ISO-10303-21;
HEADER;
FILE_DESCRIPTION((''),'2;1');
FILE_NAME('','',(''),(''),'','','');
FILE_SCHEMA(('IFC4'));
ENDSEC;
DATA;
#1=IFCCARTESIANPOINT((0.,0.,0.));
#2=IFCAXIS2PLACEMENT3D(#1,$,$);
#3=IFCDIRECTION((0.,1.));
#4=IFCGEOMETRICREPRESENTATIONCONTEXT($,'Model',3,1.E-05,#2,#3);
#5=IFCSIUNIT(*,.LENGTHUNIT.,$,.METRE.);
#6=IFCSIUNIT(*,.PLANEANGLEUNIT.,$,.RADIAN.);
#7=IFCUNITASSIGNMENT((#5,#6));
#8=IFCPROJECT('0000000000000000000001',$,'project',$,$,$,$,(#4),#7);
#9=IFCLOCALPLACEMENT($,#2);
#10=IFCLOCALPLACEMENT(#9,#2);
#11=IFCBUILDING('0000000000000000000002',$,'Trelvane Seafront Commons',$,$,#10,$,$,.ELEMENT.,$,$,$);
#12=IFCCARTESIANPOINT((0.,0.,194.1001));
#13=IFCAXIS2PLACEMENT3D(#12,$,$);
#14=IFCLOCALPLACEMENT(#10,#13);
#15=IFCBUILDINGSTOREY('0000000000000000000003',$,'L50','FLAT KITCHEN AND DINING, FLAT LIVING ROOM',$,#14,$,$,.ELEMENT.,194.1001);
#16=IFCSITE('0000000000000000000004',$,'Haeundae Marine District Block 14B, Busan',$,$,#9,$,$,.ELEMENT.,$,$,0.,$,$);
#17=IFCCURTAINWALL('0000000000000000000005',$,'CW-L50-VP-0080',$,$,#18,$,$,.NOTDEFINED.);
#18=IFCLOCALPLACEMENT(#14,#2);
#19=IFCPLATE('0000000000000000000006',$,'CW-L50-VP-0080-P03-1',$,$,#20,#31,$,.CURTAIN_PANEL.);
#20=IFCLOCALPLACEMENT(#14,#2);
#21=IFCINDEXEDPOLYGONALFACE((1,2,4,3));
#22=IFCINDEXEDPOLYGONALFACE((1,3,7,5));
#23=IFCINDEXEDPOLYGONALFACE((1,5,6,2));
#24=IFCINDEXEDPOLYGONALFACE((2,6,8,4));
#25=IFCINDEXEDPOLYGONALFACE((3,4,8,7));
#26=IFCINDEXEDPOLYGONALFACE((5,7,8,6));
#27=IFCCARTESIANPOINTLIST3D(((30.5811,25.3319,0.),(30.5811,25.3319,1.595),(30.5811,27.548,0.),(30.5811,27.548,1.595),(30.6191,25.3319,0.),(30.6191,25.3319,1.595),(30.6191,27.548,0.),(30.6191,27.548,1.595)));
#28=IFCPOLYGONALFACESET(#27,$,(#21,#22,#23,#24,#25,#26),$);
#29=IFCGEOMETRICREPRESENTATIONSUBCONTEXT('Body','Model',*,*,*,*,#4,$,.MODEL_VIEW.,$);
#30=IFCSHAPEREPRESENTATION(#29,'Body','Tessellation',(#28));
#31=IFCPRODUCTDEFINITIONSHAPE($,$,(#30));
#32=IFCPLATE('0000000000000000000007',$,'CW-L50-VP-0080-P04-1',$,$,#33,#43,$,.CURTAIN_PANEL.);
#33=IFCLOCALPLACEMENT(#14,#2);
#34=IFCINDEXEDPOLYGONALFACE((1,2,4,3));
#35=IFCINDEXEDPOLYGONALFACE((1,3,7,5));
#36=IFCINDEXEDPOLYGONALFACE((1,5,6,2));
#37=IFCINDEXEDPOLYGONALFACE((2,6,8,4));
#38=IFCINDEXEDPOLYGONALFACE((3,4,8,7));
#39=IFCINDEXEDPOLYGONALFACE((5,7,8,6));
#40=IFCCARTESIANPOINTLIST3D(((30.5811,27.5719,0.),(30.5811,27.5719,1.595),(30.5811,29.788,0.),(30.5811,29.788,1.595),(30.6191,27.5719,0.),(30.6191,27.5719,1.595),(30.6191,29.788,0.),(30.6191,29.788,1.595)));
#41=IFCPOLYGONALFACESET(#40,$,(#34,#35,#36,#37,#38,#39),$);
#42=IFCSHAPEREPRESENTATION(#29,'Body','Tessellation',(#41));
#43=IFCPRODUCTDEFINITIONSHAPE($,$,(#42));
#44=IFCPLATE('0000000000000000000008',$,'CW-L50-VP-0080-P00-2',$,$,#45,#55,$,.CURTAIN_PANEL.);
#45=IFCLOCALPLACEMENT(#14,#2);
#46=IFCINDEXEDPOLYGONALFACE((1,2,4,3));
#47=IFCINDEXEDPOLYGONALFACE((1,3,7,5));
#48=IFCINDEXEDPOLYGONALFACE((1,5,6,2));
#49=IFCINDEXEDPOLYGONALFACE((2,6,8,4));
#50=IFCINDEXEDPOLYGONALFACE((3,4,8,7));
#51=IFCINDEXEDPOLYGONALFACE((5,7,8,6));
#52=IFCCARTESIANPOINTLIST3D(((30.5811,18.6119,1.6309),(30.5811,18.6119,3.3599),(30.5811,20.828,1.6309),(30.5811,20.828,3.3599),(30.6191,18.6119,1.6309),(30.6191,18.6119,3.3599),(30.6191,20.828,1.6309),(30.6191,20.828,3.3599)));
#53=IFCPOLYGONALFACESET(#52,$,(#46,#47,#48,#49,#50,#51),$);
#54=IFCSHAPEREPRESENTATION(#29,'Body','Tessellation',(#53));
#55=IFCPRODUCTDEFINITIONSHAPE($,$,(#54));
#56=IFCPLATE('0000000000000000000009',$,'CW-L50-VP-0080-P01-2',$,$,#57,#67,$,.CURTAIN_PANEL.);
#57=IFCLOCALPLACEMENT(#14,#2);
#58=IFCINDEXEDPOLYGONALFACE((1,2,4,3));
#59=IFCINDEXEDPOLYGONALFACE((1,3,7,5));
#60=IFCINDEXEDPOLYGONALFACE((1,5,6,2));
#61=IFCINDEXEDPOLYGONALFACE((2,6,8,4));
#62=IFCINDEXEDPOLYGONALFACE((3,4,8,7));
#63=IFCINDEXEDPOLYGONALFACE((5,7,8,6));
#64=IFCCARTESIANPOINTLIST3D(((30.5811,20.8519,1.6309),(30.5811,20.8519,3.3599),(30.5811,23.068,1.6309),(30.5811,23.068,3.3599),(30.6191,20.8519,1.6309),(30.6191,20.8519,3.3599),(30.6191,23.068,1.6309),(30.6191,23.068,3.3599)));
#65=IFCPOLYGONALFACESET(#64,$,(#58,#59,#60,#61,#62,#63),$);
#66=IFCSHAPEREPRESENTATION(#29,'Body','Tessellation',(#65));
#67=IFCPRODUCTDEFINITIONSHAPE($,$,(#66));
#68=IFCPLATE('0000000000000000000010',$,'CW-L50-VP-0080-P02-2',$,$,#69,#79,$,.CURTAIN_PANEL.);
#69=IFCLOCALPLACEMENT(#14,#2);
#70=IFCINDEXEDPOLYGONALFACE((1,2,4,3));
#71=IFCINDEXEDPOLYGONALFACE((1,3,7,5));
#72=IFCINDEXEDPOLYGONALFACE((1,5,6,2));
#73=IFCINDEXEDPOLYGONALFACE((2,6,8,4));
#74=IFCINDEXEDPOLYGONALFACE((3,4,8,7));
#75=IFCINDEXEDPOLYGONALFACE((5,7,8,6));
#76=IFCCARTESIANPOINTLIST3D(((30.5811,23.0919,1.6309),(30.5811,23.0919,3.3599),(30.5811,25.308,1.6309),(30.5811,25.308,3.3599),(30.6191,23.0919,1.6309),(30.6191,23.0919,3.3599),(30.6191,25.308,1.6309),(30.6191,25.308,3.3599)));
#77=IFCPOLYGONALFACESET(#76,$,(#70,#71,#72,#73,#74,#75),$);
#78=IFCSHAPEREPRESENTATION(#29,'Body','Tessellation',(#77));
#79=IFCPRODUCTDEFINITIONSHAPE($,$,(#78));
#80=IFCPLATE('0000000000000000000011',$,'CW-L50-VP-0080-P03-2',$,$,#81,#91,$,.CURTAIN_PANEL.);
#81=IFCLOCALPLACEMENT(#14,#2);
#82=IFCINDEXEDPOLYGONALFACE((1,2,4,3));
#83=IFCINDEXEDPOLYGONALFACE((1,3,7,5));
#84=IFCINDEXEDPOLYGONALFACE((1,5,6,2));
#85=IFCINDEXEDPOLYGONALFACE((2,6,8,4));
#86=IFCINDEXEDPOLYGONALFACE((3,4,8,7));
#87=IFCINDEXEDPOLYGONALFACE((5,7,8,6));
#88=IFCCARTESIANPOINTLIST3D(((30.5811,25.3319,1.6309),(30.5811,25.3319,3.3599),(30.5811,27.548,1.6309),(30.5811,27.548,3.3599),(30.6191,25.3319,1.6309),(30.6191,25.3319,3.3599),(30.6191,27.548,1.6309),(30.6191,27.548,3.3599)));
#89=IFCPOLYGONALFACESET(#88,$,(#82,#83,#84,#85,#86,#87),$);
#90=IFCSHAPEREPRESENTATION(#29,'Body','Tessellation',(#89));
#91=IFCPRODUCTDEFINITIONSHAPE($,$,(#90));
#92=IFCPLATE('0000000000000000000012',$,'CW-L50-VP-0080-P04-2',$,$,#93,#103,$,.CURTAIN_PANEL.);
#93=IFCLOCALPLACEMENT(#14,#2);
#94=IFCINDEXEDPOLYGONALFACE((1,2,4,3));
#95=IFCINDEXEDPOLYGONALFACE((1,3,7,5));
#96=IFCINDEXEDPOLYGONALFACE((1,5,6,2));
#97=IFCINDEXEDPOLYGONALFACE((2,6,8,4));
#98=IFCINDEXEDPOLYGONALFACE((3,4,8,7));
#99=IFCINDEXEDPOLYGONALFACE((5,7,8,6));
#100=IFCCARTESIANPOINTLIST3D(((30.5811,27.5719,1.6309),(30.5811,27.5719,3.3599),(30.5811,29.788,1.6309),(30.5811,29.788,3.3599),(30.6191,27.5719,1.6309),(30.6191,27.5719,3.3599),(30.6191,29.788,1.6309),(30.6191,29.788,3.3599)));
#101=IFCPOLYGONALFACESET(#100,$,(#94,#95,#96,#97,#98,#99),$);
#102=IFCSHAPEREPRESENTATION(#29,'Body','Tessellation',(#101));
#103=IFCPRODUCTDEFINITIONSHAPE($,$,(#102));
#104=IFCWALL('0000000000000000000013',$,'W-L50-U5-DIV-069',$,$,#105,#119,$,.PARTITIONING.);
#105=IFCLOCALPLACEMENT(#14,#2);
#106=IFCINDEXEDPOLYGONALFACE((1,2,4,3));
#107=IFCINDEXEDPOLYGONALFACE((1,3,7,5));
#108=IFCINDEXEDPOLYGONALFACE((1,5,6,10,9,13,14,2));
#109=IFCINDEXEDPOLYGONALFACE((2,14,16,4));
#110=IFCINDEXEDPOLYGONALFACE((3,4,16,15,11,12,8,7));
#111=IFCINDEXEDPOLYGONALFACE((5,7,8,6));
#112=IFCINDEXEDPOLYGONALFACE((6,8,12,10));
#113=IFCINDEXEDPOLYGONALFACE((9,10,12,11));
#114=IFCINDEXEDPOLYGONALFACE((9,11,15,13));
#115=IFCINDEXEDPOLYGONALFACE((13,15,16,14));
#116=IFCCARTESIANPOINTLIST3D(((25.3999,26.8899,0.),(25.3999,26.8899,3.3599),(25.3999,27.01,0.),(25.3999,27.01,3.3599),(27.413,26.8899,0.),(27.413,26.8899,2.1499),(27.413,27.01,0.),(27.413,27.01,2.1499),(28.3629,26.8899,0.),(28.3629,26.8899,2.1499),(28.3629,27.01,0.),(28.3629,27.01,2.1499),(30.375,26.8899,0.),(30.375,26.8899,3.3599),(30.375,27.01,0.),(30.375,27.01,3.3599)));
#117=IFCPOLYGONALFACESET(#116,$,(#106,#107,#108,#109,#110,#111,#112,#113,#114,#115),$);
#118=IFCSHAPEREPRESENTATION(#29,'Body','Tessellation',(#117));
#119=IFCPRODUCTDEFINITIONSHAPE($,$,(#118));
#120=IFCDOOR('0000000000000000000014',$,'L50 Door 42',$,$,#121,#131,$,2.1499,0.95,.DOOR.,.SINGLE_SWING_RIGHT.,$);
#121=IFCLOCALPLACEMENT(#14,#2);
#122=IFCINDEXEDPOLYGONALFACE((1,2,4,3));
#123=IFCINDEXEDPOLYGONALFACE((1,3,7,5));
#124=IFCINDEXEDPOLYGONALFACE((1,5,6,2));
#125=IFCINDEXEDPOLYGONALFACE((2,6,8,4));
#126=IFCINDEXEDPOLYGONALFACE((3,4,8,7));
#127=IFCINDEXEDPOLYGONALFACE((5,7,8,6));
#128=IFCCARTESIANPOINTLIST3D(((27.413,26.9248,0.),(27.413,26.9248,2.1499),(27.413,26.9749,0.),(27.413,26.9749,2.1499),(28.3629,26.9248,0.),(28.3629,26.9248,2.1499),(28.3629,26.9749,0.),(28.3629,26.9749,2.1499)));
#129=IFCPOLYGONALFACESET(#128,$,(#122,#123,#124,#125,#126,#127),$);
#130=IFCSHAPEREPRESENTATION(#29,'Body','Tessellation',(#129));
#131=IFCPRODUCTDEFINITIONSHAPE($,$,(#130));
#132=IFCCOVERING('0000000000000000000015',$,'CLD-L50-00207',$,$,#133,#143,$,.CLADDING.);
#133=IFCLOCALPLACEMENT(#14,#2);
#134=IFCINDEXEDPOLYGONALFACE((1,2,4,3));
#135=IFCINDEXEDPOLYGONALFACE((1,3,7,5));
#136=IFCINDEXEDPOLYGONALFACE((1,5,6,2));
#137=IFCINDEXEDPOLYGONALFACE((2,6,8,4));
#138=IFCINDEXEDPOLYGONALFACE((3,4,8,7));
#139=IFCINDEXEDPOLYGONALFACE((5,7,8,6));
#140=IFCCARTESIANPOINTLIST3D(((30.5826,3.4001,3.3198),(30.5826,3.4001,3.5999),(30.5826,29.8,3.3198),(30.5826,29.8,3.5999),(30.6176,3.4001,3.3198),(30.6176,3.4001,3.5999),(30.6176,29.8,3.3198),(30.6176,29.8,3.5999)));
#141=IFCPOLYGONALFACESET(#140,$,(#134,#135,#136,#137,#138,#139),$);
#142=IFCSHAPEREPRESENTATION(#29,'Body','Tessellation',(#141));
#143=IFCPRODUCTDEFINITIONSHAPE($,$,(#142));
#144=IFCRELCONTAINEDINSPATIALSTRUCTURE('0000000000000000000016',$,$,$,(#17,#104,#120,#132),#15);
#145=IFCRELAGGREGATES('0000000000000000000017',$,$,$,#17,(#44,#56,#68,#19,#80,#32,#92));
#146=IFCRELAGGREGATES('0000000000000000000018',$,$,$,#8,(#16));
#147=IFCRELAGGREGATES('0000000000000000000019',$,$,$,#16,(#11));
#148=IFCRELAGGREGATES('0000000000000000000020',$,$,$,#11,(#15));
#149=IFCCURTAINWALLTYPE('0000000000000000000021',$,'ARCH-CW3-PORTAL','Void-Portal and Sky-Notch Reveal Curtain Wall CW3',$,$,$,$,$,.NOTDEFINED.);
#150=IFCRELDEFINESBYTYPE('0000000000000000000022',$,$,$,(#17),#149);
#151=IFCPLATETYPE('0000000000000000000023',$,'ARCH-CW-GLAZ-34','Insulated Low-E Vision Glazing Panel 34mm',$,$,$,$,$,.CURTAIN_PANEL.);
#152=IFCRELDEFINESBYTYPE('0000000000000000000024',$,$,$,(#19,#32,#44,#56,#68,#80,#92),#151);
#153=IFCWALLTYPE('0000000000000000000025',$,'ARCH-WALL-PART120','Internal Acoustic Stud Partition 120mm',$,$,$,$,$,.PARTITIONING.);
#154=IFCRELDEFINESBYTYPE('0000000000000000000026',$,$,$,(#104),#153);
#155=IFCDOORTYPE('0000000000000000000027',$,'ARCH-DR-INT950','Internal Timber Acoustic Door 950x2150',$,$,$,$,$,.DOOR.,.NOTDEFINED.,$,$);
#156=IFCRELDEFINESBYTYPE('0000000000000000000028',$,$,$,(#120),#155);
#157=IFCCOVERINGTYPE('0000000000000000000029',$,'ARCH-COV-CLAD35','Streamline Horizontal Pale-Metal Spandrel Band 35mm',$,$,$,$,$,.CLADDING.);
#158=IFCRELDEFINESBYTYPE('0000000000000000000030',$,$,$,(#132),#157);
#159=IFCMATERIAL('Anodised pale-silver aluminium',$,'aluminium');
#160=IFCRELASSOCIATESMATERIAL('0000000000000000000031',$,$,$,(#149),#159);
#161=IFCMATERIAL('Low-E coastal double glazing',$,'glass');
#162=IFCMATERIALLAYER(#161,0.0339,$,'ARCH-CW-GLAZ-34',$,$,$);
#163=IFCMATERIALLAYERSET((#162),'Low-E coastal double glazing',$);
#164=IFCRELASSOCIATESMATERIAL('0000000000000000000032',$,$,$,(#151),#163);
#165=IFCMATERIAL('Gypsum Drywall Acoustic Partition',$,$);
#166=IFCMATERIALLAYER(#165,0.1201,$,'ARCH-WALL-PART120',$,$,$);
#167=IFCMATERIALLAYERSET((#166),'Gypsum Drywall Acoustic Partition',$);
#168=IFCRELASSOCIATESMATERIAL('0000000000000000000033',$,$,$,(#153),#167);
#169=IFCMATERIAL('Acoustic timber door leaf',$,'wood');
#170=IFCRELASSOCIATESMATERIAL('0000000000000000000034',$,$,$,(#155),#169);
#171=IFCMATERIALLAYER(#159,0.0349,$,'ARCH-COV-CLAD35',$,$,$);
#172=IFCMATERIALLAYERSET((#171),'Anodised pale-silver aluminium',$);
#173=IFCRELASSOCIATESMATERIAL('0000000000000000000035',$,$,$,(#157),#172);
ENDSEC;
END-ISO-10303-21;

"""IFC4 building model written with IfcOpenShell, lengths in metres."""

from ifc_helpers import new_model, si_unit, direction, frame, frame_2d, origin, origin_2d, place, context, subcontext, project, spatial, rectangle, extrude, source, transform, mapped, material, layer, layer_set, type_object, element, fill, aggregate, save


model = new_model("IFC4")

# Units and contexts
model_context = context("Model", 3, precision=1e-05, world=origin(), true_north=direction((0.0, 1.0)))
body_context = subcontext(model_context, "Body", "Model", "MODEL_VIEW")
ifc_project = project(units=[si_unit("LENGTHUNIT", "METRE"), si_unit("PLANEANGLEUNIT", "RADIAN")], contexts=[model_context])

# Site, building, storey
site_placement = place(None, origin())
site = spatial("IfcSite", under=ifc_project, at=site_placement, Name="Haeundae Marine District Block 14B, Busan", CompositionType="ELEMENT", RefElevation=0.0)
building_placement = place(site_placement, origin())
building = spatial("IfcBuilding", under=site, at=building_placement, Name="Trelvane Seafront Commons", CompositionType="ELEMENT")
storey_placement = place(building_placement, frame((0.0, 0.0, 194.1001)))
storey = spatial("IfcBuildingStorey", under=building, at=storey_placement, Name="L50", Description="FLAT KITCHEN AND DINING, FLAT LIVING ROOM", CompositionType="ELEMENT", Elevation=194.1001)

# Shared definitions
ifc_material_1 = material(Name="Anodised pale-silver aluminium", Category="aluminium")
curtain_wall_type = type_object("IfcCurtainWallType", Name="ARCH-CW3-PORTAL", Description="Void-Portal and Sky-Notch Reveal Curtain Wall CW3", PredefinedType="NOTDEFINED", material=ifc_material_1)

# Curtain wall
curtain_wall_1_placement = place(storey_placement, origin())
curtain_wall_1 = element("IfcCurtainWall", 1, at=curtain_wall_1_placement, inside=storey, type_object=curtain_wall_type, Name="CW-L50-VP-0080", PredefinedType="NOTDEFINED")

# Plates
ifc_material_2 = material(Name="Low-E coastal double glazing", Category="glass")
ifc_layer_1 = layer(ifc_material_2, 0.0339, Name="ARCH-CW-GLAZ-34")
ifc_layer_set_1 = layer_set([ifc_layer_1], Name="Low-E coastal double glazing")
plate_type_1 = type_object("IfcPlateType", Name="ARCH-CW-GLAZ-34", Description="Insulated Low-E Vision Glazing Panel 34mm", PredefinedType="CURTAIN_PANEL", material=ifc_layer_set_1)
shared_shape_1 = source(origin(), body_context, "Body", "SweptSolid", [
    extrude(rectangle(XDim=2.2161, YDim=0.0381, at=origin_2d()), origin(), (0.0, 0.0, 1.0), 1.595),
])
plate_1_placement = place(storey_placement, frame((30.6001, 26.4399, 0.0), z_axis=(0.0, 0.0, 1.0), x_axis=(0.0, 1.0, 0.0)))
plate_1 = element("IfcPlate", 2, at=plate_1_placement, type_object=plate_type_1, Name="CW-L50-VP-0080-P03-1", PredefinedType="CURTAIN_PANEL", context=body_context, shape_type="MappedRepresentation", body=[
    mapped(shared_shape_1, transform((0.0, 0.0, 0.0), x_axis=(1.0, 0.0, 0.0), y_axis=(0.0, 1.0, 0.0), z_axis=(0.0, 0.0, 1.0), scale=1.0)),
])
plate_2_placement = place(storey_placement, frame((30.6001, 28.6799, 0.0), z_axis=(0.0, 0.0, 1.0), x_axis=(0.0, 1.0, 0.0)))
plate_2 = element("IfcPlate", 3, at=plate_2_placement, type_object=plate_type_1, Name="CW-L50-VP-0080-P04-1", PredefinedType="CURTAIN_PANEL", context=body_context, shape_type="MappedRepresentation", body=[
    mapped(shared_shape_1, transform((0.0, 0.0, 0.0), x_axis=(1.0, 0.0, 0.0), y_axis=(0.0, 1.0, 0.0), z_axis=(0.0, 0.0, 1.0), scale=1.0)),
])
shared_shape_2 = source(origin(), body_context, "Body", "SweptSolid", [
    extrude(rectangle(XDim=2.2161, YDim=0.0381, at=origin_2d()), origin(), (0.0, 0.0, 1.0), 1.729),
])
plate_3_placement = place(storey_placement, frame((30.6001, 19.72, 1.6309), z_axis=(0.0, 0.0, 1.0), x_axis=(0.0, 1.0, 0.0)))
plate_3 = element("IfcPlate", 4, at=plate_3_placement, type_object=plate_type_1, Name="CW-L50-VP-0080-P00-2", PredefinedType="CURTAIN_PANEL", context=body_context, shape_type="MappedRepresentation", body=[
    mapped(shared_shape_2, transform((0.0, 0.0, 0.0), x_axis=(1.0, 0.0, 0.0), y_axis=(0.0, 1.0, 0.0), z_axis=(0.0, 0.0, 1.0), scale=1.0)),
])
plate_4_placement = place(storey_placement, frame((30.6001, 21.96, 1.6309), z_axis=(0.0, 0.0, 1.0), x_axis=(0.0, 1.0, 0.0)))
plate_4 = element("IfcPlate", 5, at=plate_4_placement, type_object=plate_type_1, Name="CW-L50-VP-0080-P01-2", PredefinedType="CURTAIN_PANEL", context=body_context, shape_type="MappedRepresentation", body=[
    mapped(shared_shape_2, transform((0.0, 0.0, 0.0), x_axis=(1.0, 0.0, 0.0), y_axis=(0.0, 1.0, 0.0), z_axis=(0.0, 0.0, 1.0), scale=1.0)),
])
plate_5_placement = place(storey_placement, frame((30.6001, 24.2, 1.6309), z_axis=(0.0, 0.0, 1.0), x_axis=(0.0, 1.0, 0.0)))
plate_5 = element("IfcPlate", 6, at=plate_5_placement, type_object=plate_type_1, Name="CW-L50-VP-0080-P02-2", PredefinedType="CURTAIN_PANEL", context=body_context, shape_type="MappedRepresentation", body=[
    mapped(shared_shape_2, transform((0.0, 0.0, 0.0), x_axis=(1.0, 0.0, 0.0), y_axis=(0.0, 1.0, 0.0), z_axis=(0.0, 0.0, 1.0), scale=1.0)),
])
plate_6_placement = place(storey_placement, frame((30.6001, 26.4399, 1.6309), z_axis=(0.0, 0.0, 1.0), x_axis=(0.0, 1.0, 0.0)))
plate_6 = element("IfcPlate", 7, at=plate_6_placement, type_object=plate_type_1, Name="CW-L50-VP-0080-P03-2", PredefinedType="CURTAIN_PANEL", context=body_context, shape_type="MappedRepresentation", body=[
    mapped(shared_shape_2, transform((0.0, 0.0, 0.0), x_axis=(1.0, 0.0, 0.0), y_axis=(0.0, 1.0, 0.0), z_axis=(0.0, 0.0, 1.0), scale=1.0)),
])
plate_7_placement = place(storey_placement, frame((30.6001, 28.6799, 1.6309), z_axis=(0.0, 0.0, 1.0), x_axis=(0.0, 1.0, 0.0)))
plate_7 = element("IfcPlate", 8, at=plate_7_placement, type_object=plate_type_1, Name="CW-L50-VP-0080-P04-2", PredefinedType="CURTAIN_PANEL", context=body_context, shape_type="MappedRepresentation", body=[
    mapped(shared_shape_2, transform((0.0, 0.0, 0.0), x_axis=(1.0, 0.0, 0.0), y_axis=(0.0, 1.0, 0.0), z_axis=(0.0, 0.0, 1.0), scale=1.0)),
])
aggregate(curtain_wall_1, [plate_3, plate_4, plate_5, plate_1, plate_6, plate_2, plate_7])

# Wall, opening, door
ifc_material_3 = material(Name="Gypsum Drywall Acoustic Partition")
ifc_layer_2 = layer(ifc_material_3, 0.1201, Name="ARCH-WALL-PART120")
ifc_layer_set_2 = layer_set([ifc_layer_2], Name="Gypsum Drywall Acoustic Partition")
wall_type = type_object("IfcWallType", Name="ARCH-WALL-PART120", Description="Internal Acoustic Stud Partition 120mm", PredefinedType="PARTITIONING", material=ifc_layer_set_2)
wall_placement = place(storey_placement, frame((25.3999, 26.95, 0.0), z_axis=(0.0, 0.0, 1.0), x_axis=(1.0, 0.0, 0.0)))
wall = element("IfcWall", 9, at=wall_placement, inside=storey, type_object=wall_type, Name="W-L50-U5-DIV-069", PredefinedType="PARTITIONING", context=body_context, shape_type="SweptSolid", body=[
    extrude(rectangle(XDim=4.9751, YDim=0.1201, at=frame_2d((2.4875, 0.0))), origin(), (0.0, 0.0, 1.0), 3.3599),
])
opening_placement = place(wall_placement, frame((2.0129, 0.0, 0.0)))
opening = element("IfcOpeningElement", 10, at=opening_placement, cuts=wall, PredefinedType="OPENING", context=body_context, shape_type="SweptSolid", body=[
    extrude(rectangle(XDim=0.95, YDim=2.1499, at=frame_2d((0.4751, 1.075))), frame((0.0, 0.0701, 0.0), z_axis=(0.0, -1.0, 0.0), x_axis=(1.0, 0.0, 0.0)), (0.0, 0.0, 1.0), 0.1401),
])
ifc_material_4 = material(Name="Acoustic timber door leaf", Category="wood")
door_type = type_object("IfcDoorType", Name="ARCH-DR-INT950", Description="Internal Timber Acoustic Door 950x2150", OperationType="NOTDEFINED", PredefinedType="DOOR", material=ifc_material_4)
shared_shape_3 = source(origin(), body_context, "Body", "SweptSolid", [
    extrude(rectangle(XDim=0.95, YDim=2.1499, at=frame_2d((0.4751, 1.075))), frame((0.0, 0.0249, 0.0), z_axis=(0.0, -1.0, 0.0), x_axis=(1.0, 0.0, 0.0)), (0.0, 0.0, 1.0), 0.05),
])
door_placement = place(opening_placement, origin())
door = element("IfcDoor", 11, at=door_placement, inside=storey, type_object=door_type, Name="L50 Door 42", OperationType="SINGLE_SWING_RIGHT", OverallHeight=2.1499, OverallWidth=0.95, PredefinedType="DOOR", context=body_context, shape_type="MappedRepresentation", body=[
    mapped(shared_shape_3, transform((0.0, 0.0, 0.0), x_axis=(1.0, 0.0, 0.0), y_axis=(0.0, 1.0, 0.0), z_axis=(0.0, 0.0, 1.0), scale=1.0)),
])
fill(opening, door)

# Covering
ifc_layer_3 = layer(ifc_material_1, 0.0349, Name="ARCH-COV-CLAD35")
ifc_layer_set_3 = layer_set([ifc_layer_3], Name="Anodised pale-silver aluminium")
covering_type = type_object("IfcCoveringType", Name="ARCH-COV-CLAD35", Description="Streamline Horizontal Pale-Metal Spandrel Band 35mm", PredefinedType="CLADDING", material=ifc_layer_set_3)
shared_shape_4 = source(origin(), body_context, "Body", "SweptSolid", [
    extrude(rectangle(XDim=26.3999, YDim=0.0349, at=origin_2d()), origin(), (0.0, 0.0, 1.0), 0.28),
])
covering_placement = place(storey_placement, frame((30.6001, 16.6001, 3.3198), z_axis=(0.0, 0.0, 1.0), x_axis=(0.0, -1.0, 0.0)))
element("IfcCovering", 12, at=covering_placement, inside=storey, type_object=covering_type, Name="CLD-L50-00207", PredefinedType="CLADDING", context=body_context, shape_type="MappedRepresentation", body=[
    mapped(shared_shape_4, transform((0.0, 0.0, 0.0), x_axis=(1.0, 0.0, 0.0), y_axis=(0.0, 1.0, 0.0), z_axis=(0.0, 0.0, 1.0), scale=1.0)),
])

save(model, "model.ifc")
